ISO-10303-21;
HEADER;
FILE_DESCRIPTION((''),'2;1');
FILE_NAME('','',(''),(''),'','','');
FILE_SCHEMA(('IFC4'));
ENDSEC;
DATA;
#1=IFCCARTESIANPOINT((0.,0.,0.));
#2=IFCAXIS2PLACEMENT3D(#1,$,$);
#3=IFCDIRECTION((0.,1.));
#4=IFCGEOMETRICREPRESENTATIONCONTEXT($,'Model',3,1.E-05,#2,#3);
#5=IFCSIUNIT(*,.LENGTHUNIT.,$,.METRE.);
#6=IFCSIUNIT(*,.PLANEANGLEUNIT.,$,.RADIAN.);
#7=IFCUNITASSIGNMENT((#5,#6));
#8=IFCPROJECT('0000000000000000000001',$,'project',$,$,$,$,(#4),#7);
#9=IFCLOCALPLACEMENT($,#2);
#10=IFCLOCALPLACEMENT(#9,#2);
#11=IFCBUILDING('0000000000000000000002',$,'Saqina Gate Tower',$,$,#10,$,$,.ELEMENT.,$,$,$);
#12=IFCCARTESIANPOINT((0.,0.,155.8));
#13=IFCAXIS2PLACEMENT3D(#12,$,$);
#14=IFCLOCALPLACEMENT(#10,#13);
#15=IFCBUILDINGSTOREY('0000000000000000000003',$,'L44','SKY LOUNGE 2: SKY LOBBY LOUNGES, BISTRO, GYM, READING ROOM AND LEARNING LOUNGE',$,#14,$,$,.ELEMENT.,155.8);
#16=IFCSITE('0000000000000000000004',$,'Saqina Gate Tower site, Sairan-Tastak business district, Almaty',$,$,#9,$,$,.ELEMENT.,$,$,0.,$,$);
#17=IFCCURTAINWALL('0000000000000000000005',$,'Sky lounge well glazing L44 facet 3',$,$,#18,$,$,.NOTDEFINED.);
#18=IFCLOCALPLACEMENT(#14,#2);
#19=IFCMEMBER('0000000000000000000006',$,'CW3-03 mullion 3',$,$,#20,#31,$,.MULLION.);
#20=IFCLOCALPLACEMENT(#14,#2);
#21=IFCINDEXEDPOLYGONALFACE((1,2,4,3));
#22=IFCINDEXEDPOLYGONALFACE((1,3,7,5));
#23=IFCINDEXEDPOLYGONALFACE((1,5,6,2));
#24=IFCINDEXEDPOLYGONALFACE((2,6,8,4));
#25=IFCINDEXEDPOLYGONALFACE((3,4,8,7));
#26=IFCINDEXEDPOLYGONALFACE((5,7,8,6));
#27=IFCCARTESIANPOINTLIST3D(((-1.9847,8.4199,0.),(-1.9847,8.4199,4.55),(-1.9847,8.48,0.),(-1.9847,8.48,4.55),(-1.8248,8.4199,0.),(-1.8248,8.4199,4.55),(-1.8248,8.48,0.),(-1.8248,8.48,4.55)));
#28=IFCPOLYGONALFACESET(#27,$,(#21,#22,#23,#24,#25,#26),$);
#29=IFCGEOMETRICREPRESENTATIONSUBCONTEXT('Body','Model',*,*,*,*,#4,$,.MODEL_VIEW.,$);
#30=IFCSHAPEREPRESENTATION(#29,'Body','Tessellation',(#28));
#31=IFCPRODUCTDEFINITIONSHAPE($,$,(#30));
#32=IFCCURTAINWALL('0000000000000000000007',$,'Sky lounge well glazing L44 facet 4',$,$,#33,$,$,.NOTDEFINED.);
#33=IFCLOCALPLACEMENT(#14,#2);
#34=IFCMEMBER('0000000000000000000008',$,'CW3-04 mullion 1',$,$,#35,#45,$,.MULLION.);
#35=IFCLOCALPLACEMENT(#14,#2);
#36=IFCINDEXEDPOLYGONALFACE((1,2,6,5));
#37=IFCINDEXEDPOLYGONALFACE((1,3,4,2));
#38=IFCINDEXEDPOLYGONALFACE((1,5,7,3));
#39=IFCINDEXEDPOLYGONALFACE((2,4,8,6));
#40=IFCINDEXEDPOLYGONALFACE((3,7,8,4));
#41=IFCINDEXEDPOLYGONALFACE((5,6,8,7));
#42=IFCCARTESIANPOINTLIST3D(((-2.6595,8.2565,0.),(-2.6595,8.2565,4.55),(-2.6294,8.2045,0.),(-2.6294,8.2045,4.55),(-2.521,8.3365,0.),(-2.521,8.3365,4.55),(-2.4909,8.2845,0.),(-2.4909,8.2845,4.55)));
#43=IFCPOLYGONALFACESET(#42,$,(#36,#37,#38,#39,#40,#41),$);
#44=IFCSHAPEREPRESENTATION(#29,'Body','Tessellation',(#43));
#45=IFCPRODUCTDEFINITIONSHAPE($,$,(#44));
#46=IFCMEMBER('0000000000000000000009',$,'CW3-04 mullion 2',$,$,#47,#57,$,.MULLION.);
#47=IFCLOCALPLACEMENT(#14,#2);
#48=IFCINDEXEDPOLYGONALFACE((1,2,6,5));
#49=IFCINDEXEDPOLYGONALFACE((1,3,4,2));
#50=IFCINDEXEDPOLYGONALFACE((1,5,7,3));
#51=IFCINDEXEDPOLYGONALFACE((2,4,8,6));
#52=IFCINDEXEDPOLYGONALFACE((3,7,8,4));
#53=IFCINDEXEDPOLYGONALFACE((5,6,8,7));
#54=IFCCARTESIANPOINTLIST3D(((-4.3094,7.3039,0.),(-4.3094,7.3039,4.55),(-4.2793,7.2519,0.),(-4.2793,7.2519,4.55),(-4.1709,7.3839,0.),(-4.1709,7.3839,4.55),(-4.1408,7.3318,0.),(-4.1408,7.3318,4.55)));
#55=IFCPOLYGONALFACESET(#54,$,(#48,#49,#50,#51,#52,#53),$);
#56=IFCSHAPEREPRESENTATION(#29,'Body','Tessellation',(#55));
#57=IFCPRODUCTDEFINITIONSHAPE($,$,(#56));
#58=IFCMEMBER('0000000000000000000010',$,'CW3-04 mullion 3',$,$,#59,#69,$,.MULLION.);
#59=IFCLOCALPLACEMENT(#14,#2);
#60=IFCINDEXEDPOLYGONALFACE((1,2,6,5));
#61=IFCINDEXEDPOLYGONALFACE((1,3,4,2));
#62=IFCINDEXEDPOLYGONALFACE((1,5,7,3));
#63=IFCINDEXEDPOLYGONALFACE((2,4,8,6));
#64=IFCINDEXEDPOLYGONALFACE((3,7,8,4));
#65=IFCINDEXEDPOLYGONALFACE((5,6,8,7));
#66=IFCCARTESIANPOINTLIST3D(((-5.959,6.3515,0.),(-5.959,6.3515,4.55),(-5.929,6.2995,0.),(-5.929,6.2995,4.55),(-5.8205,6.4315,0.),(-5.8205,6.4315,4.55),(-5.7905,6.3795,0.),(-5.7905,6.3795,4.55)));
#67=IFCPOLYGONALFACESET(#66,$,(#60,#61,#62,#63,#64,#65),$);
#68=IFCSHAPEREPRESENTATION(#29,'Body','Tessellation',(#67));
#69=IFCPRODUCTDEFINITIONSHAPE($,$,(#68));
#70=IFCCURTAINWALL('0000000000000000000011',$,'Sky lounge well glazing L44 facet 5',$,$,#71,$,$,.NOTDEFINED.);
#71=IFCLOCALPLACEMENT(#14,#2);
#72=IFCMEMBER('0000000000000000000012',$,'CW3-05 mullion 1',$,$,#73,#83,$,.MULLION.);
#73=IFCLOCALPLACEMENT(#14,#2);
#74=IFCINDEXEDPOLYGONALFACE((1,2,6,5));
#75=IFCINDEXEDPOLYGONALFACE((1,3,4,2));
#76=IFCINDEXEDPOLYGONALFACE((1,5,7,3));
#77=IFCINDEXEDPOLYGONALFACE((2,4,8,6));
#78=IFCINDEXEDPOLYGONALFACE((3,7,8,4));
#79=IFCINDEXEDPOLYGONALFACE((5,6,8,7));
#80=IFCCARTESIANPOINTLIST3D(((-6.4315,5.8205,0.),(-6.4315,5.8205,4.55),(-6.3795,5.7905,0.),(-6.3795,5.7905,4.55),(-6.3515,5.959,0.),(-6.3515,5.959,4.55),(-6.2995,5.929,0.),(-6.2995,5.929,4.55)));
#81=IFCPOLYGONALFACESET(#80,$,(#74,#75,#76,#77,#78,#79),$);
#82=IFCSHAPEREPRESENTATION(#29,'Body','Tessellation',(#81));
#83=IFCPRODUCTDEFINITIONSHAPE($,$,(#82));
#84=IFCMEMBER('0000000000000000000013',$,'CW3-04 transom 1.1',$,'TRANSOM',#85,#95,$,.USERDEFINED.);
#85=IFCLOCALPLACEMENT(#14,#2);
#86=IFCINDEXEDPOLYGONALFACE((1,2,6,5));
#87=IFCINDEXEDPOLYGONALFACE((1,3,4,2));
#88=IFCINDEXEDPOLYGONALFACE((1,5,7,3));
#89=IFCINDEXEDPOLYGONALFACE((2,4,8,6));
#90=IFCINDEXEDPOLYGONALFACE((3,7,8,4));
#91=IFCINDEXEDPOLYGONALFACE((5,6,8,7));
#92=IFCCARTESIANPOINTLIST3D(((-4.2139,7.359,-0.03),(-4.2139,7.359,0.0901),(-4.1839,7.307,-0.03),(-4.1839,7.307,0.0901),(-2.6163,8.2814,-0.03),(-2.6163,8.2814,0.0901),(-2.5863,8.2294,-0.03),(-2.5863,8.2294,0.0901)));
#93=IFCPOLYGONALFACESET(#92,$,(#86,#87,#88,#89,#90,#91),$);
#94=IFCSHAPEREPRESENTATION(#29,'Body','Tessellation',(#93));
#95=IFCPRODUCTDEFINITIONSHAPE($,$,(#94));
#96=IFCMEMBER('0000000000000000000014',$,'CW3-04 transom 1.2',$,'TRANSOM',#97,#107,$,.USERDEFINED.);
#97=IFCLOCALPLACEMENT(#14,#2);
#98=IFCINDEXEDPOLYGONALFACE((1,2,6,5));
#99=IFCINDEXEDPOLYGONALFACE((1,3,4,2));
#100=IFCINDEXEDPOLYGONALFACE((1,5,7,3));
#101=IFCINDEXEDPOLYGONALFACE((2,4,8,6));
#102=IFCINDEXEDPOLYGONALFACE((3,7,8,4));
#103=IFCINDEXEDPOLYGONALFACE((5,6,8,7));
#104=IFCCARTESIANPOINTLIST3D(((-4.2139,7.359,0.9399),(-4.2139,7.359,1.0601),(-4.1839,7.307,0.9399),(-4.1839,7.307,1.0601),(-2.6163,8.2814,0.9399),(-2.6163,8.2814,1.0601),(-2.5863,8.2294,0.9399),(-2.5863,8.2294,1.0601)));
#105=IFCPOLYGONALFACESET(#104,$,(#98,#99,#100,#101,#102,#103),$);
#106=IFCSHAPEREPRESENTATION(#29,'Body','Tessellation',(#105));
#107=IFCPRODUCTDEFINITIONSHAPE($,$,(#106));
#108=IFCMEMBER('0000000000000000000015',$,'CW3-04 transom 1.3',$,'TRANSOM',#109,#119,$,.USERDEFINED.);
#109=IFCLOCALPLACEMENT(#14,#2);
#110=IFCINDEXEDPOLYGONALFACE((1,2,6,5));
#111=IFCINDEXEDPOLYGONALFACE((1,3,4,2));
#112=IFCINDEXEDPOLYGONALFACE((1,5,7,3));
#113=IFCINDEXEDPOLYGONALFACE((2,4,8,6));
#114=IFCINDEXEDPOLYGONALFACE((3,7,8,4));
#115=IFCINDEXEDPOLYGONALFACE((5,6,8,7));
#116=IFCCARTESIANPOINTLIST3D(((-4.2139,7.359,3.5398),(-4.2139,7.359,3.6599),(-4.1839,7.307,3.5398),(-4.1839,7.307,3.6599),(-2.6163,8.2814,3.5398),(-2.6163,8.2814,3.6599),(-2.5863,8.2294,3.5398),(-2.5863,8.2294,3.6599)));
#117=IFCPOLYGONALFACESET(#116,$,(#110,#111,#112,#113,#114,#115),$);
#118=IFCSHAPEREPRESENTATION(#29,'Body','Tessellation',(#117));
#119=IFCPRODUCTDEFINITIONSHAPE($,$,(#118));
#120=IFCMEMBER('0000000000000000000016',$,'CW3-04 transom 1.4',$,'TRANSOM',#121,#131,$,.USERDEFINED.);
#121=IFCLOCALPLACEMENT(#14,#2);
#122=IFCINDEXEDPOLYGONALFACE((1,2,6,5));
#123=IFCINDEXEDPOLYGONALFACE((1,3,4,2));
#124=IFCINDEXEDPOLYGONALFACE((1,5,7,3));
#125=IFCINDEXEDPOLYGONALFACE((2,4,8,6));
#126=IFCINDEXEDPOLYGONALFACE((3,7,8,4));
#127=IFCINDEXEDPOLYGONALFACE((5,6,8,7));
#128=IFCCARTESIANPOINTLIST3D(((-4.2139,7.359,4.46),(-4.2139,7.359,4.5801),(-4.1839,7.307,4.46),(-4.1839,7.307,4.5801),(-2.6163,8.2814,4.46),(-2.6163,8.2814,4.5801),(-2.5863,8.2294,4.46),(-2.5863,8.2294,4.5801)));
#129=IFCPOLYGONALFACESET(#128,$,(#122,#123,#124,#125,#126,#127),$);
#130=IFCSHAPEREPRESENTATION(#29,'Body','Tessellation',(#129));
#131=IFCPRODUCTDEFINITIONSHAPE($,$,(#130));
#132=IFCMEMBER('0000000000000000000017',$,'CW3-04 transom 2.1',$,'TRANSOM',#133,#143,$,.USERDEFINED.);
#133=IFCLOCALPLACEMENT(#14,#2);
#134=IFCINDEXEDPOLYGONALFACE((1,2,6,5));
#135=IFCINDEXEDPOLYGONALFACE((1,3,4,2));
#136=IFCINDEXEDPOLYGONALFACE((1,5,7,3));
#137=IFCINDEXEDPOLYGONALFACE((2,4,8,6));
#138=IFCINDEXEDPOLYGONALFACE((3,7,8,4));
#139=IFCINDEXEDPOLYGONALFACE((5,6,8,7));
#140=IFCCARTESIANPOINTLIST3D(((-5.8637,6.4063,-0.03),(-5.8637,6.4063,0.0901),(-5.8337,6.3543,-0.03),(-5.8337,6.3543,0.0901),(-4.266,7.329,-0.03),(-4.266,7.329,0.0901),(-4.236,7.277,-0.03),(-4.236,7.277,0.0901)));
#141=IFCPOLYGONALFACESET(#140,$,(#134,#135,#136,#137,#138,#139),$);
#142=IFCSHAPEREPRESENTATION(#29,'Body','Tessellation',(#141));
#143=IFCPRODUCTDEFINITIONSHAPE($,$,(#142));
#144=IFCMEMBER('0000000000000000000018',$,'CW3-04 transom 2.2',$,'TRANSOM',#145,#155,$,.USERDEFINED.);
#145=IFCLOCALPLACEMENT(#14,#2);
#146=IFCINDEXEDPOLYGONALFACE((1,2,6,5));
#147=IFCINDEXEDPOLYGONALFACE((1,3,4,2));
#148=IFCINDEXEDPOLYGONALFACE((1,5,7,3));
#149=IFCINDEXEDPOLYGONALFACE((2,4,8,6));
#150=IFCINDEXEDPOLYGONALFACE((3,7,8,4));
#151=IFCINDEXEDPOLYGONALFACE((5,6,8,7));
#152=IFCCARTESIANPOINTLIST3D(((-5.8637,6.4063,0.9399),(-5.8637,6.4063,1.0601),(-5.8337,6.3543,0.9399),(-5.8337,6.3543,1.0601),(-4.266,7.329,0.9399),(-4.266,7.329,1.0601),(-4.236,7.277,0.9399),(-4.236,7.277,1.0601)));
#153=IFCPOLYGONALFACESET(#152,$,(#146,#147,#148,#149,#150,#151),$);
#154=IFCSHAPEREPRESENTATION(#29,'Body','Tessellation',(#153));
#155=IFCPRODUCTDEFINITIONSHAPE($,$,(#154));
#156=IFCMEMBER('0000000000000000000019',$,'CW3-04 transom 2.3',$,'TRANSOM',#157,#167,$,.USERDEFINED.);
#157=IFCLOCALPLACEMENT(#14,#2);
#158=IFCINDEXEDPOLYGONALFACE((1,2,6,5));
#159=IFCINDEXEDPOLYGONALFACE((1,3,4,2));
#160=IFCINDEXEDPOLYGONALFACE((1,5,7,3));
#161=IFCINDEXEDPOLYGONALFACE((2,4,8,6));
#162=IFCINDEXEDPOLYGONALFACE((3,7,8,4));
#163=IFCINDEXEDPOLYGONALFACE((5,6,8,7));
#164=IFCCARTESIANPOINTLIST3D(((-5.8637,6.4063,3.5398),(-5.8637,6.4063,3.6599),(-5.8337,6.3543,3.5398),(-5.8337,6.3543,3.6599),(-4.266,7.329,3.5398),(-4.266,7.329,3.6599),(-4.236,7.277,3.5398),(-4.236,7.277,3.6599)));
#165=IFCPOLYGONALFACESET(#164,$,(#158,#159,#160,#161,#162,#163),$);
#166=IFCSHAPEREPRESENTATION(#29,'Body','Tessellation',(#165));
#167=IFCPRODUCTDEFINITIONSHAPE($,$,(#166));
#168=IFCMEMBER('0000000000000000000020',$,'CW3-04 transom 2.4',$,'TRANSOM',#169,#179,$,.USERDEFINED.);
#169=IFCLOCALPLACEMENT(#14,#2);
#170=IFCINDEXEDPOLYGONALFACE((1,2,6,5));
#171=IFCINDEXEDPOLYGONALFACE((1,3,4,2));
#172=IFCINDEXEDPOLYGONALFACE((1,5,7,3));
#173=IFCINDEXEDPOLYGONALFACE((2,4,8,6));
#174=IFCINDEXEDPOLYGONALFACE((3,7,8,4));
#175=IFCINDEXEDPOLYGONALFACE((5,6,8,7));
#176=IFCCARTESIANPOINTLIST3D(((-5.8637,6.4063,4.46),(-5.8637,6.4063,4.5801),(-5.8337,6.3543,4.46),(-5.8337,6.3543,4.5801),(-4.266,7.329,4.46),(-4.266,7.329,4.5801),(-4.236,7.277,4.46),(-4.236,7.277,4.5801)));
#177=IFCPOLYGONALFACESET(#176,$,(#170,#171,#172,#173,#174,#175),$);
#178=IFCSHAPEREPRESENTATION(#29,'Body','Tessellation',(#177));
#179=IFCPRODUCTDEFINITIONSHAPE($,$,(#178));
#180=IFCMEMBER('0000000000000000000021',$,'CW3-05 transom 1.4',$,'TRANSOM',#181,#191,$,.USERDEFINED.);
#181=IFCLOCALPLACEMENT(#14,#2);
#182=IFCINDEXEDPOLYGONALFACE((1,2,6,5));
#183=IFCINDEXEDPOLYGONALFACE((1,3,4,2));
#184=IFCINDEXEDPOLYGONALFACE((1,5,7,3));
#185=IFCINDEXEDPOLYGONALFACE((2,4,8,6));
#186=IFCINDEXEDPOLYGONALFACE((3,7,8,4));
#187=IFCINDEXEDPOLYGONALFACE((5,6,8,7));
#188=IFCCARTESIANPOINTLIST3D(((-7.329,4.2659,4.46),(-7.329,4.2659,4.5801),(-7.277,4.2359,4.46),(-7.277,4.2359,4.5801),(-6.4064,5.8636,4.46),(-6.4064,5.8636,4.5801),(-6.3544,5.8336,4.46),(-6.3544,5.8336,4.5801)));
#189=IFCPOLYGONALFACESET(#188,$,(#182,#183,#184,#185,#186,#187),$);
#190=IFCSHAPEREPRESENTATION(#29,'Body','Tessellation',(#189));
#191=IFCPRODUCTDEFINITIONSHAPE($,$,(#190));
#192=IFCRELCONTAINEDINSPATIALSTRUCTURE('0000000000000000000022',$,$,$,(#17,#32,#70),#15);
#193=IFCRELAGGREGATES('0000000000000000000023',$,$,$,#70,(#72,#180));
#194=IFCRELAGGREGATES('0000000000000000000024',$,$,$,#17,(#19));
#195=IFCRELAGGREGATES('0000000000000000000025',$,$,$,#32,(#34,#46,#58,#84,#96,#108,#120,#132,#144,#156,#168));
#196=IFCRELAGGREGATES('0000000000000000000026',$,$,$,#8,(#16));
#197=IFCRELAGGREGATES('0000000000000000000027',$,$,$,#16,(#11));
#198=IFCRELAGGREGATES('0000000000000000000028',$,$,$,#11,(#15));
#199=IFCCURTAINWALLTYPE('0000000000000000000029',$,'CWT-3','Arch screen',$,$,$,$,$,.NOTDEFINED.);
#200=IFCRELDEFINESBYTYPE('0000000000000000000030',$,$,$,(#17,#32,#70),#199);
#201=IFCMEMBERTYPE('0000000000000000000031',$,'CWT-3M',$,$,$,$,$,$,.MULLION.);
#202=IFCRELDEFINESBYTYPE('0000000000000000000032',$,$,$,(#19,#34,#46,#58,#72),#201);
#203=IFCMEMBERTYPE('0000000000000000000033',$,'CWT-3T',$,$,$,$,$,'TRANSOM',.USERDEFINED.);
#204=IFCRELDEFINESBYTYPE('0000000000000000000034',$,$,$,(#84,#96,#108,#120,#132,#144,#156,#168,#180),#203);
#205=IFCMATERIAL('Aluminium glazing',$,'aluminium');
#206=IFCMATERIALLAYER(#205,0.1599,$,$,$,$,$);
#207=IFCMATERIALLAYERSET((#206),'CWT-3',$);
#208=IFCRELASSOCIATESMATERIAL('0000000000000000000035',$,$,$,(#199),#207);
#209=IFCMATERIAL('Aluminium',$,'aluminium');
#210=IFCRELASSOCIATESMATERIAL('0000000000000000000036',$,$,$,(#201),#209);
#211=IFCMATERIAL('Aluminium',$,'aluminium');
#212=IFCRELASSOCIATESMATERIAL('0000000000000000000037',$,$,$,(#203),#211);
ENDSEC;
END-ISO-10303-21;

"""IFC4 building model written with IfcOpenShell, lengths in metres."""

from ifc_helpers import new_model, si_unit, direction, frame, origin, origin_2d, place, context, subcontext, project, spatial, rectangle, extrude, material, layer, layer_set, material_profile, profile_set, type_object, element, aggregate, save


model = new_model("IFC4")

# Units and contexts
model_context = context("Model", 3, precision=1e-05, world=origin(), true_north=direction((0.0, 1.0)))
body_context = subcontext(model_context, "Body", "Model", "MODEL_VIEW")
ifc_project = project(units=[si_unit("LENGTHUNIT", "METRE"), si_unit("PLANEANGLEUNIT", "RADIAN")], contexts=[model_context])

# Site, building, storey
site_placement = place(None, origin())
site = spatial("IfcSite", under=ifc_project, at=site_placement, Name="Saqina Gate Tower site, Sairan-Tastak business district, Almaty", CompositionType="ELEMENT", RefElevation=0.0)
building_placement = place(site_placement, origin())
building = spatial("IfcBuilding", under=site, at=building_placement, Name="Saqina Gate Tower", CompositionType="ELEMENT")
storey_placement = place(building_placement, frame((0.0, 0.0, 155.8)))
storey = spatial("IfcBuildingStorey", under=building, at=storey_placement, Name="L44", Description="SKY LOUNGE 2: SKY LOBBY LOUNGES, BISTRO, GYM, READING ROOM AND LEARNING LOUNGE", CompositionType="ELEMENT", Elevation=155.8)

# Curtain wall, member
ifc_material_1 = material(Name="Aluminium glazing", Category="aluminium")
ifc_layer_1 = layer(ifc_material_1, 0.1599)
ifc_layer_set_1 = layer_set([ifc_layer_1], Name="CWT-3")
curtain_wall_type = type_object("IfcCurtainWallType", Name="CWT-3", Description="Arch screen", PredefinedType="NOTDEFINED", material=ifc_layer_set_1)
curtain_wall_1_placement = place(storey_placement, origin())
curtain_wall_1 = element("IfcCurtainWall", 1, at=curtain_wall_1_placement, inside=storey, type_object=curtain_wall_type, Name="Sky lounge well glazing L44 facet 3", PredefinedType="NOTDEFINED")
ifc_material_2 = material(Name="Aluminium", Category="aluminium")
ifc_material_profile_1 = material_profile(ifc_material_2, rectangle(XDim=0.0601, YDim=0.1599, at=origin_2d()), Name="Aluminium 60x160")
ifc_profile_set_1 = profile_set([ifc_material_profile_1], Name="Aluminium")
member_type_1 = type_object("IfcMemberType", Name="CWT-3M", PredefinedType="MULLION", material=ifc_profile_set_1)
member_1_placement = place(storey_placement, frame((-1.9048, 8.45, 0.0), z_axis=(0.0, 0.0, 1.0), x_axis=(0.0, -1.0, 0.0)))
member_1 = element("IfcMember", 2, at=member_1_placement, type_object=member_type_1, Name="CW3-03 mullion 3", PredefinedType="MULLION", context=body_context, shape_type="SweptSolid", body=[
    extrude(rectangle(XDim=0.0601, YDim=0.1599, at=origin_2d()), origin(), (0.0, 0.0, 1.0), 4.55),
])

# Curtain wall, members
curtain_wall_2_placement = place(storey_placement, origin())
curtain_wall_2 = element("IfcCurtainWall", 3, at=curtain_wall_2_placement, inside=storey, type_object=curtain_wall_type, Name="Sky lounge well glazing L44 facet 4", PredefinedType="NOTDEFINED")
member_2_placement = place(storey_placement, frame((-2.5752, 8.2705, 0.0), z_axis=(0.0, 0.0, 1.0), x_axis=(0.500013, -0.866018, 0.0)))
member_2 = element("IfcMember", 4, at=member_2_placement, type_object=member_type_1, Name="CW3-04 mullion 1", PredefinedType="MULLION", context=body_context, shape_type="SweptSolid", body=[
    extrude(rectangle(XDim=0.0601, YDim=0.1599, at=origin_2d()), origin(), (0.0, 0.0, 1.0), 4.55),
])
member_3_placement = place(storey_placement, frame((-4.2251, 7.3179, 0.0), z_axis=(0.0, 0.0, 1.0), x_axis=(0.500013, -0.866018, 0.0)))
member_3 = element("IfcMember", 5, at=member_3_placement, type_object=member_type_1, Name="CW3-04 mullion 2", PredefinedType="MULLION", context=body_context, shape_type="SweptSolid", body=[
    extrude(rectangle(XDim=0.0601, YDim=0.1599, at=origin_2d()), origin(), (0.0, 0.0, 1.0), 4.55),
])
member_4_placement = place(storey_placement, frame((-5.8748, 6.3655, 0.0), z_axis=(0.0, 0.0, 1.0), x_axis=(0.500013, -0.866018, 0.0)))
member_4 = element("IfcMember", 6, at=member_4_placement, type_object=member_type_1, Name="CW3-04 mullion 3", PredefinedType="MULLION", context=body_context, shape_type="SweptSolid", body=[
    extrude(rectangle(XDim=0.0601, YDim=0.1599, at=origin_2d()), origin(), (0.0, 0.0, 1.0), 4.55),
])

# Curtain wall, member
curtain_wall_3_placement = place(storey_placement, origin())
curtain_wall_3 = element("IfcCurtainWall", 7, at=curtain_wall_3_placement, inside=storey, type_object=curtain_wall_type, Name="Sky lounge well glazing L44 facet 5", PredefinedType="NOTDEFINED")
member_5_placement = place(storey_placement, frame((-6.3655, 5.8748, 0.0), z_axis=(0.0, 0.0, 1.0), x_axis=(0.866018, -0.500013, 0.0)))
member_5 = element("IfcMember", 8, at=member_5_placement, type_object=member_type_1, Name="CW3-05 mullion 1", PredefinedType="MULLION", context=body_context, shape_type="SweptSolid", body=[
    extrude(rectangle(XDim=0.0601, YDim=0.1599, at=origin_2d()), origin(), (0.0, 0.0, 1.0), 4.55),
])

# Members
ifc_material_3 = material(Name="Aluminium", Category="aluminium")
ifc_material_profile_2 = material_profile(ifc_material_3, rectangle(XDim=0.0601, YDim=0.1201, at=origin_2d()), Name="Aluminium 60x120")
ifc_profile_set_2 = profile_set([ifc_material_profile_2], Name="Aluminium")
member_type_2 = type_object("IfcMemberType", Name="CWT-3T", ElementType="TRANSOM", PredefinedType="USERDEFINED", material=ifc_profile_set_2)
member_6_placement = place(storey_placement, frame((-2.6013, 8.2554, 0.03), z_axis=(-0.866036, -0.499982, 0.0), x_axis=(0.499982, -0.866036, 0.0)))
member_6 = element("IfcMember", 9, at=member_6_placement, type_object=member_type_2, Name="CW3-04 transom 1.1", ObjectType="TRANSOM", PredefinedType="USERDEFINED", context=body_context, shape_type="SweptSolid", body=[
    extrude(rectangle(XDim=0.0601, YDim=0.1201, at=origin_2d()), origin(), (0.0, 0.0, 1.0), 1.8447),
])
member_7_placement = place(storey_placement, frame((-2.6013, 8.2554, 1.0), z_axis=(-0.866036, -0.499982, 0.0), x_axis=(0.499982, -0.866036, 0.0)))
member_7 = element("IfcMember", 10, at=member_7_placement, type_object=member_type_2, Name="CW3-04 transom 1.2", ObjectType="TRANSOM", PredefinedType="USERDEFINED", context=body_context, shape_type="SweptSolid", body=[
    extrude(rectangle(XDim=0.0601, YDim=0.1201, at=origin_2d()), origin(), (0.0, 0.0, 1.0), 1.8447),
])
member_8_placement = place(storey_placement, frame((-2.6013, 8.2554, 3.5999), z_axis=(-0.866036, -0.499982, 0.0), x_axis=(0.499982, -0.866036, 0.0)))
member_8 = element("IfcMember", 11, at=member_8_placement, type_object=member_type_2, Name="CW3-04 transom 1.3", ObjectType="TRANSOM", PredefinedType="USERDEFINED", context=body_context, shape_type="SweptSolid", body=[
    extrude(rectangle(XDim=0.0601, YDim=0.1201, at=origin_2d()), origin(), (0.0, 0.0, 1.0), 1.8447),
])
member_9_placement = place(storey_placement, frame((-2.6013, 8.2554, 4.52), z_axis=(-0.866036, -0.499982, 0.0), x_axis=(0.499982, -0.866036, 0.0)))
member_9 = element("IfcMember", 12, at=member_9_placement, type_object=member_type_2, Name="CW3-04 transom 1.4", ObjectType="TRANSOM", PredefinedType="USERDEFINED", context=body_context, shape_type="SweptSolid", body=[
    extrude(rectangle(XDim=0.0601, YDim=0.1201, at=origin_2d()), origin(), (0.0, 0.0, 1.0), 1.8447),
])
member_10_placement = place(storey_placement, frame((-4.251, 7.303, 0.03), z_axis=(-0.865978, -0.500081, 0.0), x_axis=(0.500081, -0.865978, 0.0)))
member_10 = element("IfcMember", 13, at=member_10_placement, type_object=member_type_2, Name="CW3-04 transom 2.1", ObjectType="TRANSOM", PredefinedType="USERDEFINED", context=body_context, shape_type="SweptSolid", body=[
    extrude(rectangle(XDim=0.0601, YDim=0.1201, at=origin_2d()), origin(), (0.0, 0.0, 1.0), 1.845),
])
member_11_placement = place(storey_placement, frame((-4.251, 7.303, 1.0), z_axis=(-0.865978, -0.500081, 0.0), x_axis=(0.500081, -0.865978, 0.0)))
member_11 = element("IfcMember", 14, at=member_11_placement, type_object=member_type_2, Name="CW3-04 transom 2.2", ObjectType="TRANSOM", PredefinedType="USERDEFINED", context=body_context, shape_type="SweptSolid", body=[
    extrude(rectangle(XDim=0.0601, YDim=0.1201, at=origin_2d()), origin(), (0.0, 0.0, 1.0), 1.845),
])
member_12_placement = place(storey_placement, frame((-4.251, 7.303, 3.5999), z_axis=(-0.865978, -0.500081, 0.0), x_axis=(0.500081, -0.865978, 0.0)))
member_12 = element("IfcMember", 15, at=member_12_placement, type_object=member_type_2, Name="CW3-04 transom 2.3", ObjectType="TRANSOM", PredefinedType="USERDEFINED", context=body_context, shape_type="SweptSolid", body=[
    extrude(rectangle(XDim=0.0601, YDim=0.1201, at=origin_2d()), origin(), (0.0, 0.0, 1.0), 1.845),
])
member_13_placement = place(storey_placement, frame((-4.251, 7.303, 4.52), z_axis=(-0.865978, -0.500081, 0.0), x_axis=(0.500081, -0.865978, 0.0)))
member_13 = element("IfcMember", 16, at=member_13_placement, type_object=member_type_2, Name="CW3-04 transom 2.4", ObjectType="TRANSOM", PredefinedType="USERDEFINED", context=body_context, shape_type="SweptSolid", body=[
    extrude(rectangle(XDim=0.0601, YDim=0.1201, at=origin_2d()), origin(), (0.0, 0.0, 1.0), 1.845),
])
member_14_placement = place(storey_placement, frame((-6.3804, 5.8486, 4.52), z_axis=(-0.500081, -0.865978, 0.0), x_axis=(0.865978, -0.500081, 0.0)))
member_14 = element("IfcMember", 17, at=member_14_placement, type_object=member_type_2, Name="CW3-05 transom 1.4", ObjectType="TRANSOM", PredefinedType="USERDEFINED", context=body_context, shape_type="SweptSolid", body=[
    extrude(rectangle(XDim=0.0601, YDim=0.1201, at=origin_2d()), origin(), (0.0, 0.0, 1.0), 1.845),
])
aggregate(curtain_wall_3, [member_5, member_14])

aggregate(curtain_wall_1, [member_1])
aggregate(curtain_wall_2, [member_2, member_3, member_4, member_6, member_7, member_8, member_9, member_10, member_11, member_12, member_13])

save(model, "model.ifc")
